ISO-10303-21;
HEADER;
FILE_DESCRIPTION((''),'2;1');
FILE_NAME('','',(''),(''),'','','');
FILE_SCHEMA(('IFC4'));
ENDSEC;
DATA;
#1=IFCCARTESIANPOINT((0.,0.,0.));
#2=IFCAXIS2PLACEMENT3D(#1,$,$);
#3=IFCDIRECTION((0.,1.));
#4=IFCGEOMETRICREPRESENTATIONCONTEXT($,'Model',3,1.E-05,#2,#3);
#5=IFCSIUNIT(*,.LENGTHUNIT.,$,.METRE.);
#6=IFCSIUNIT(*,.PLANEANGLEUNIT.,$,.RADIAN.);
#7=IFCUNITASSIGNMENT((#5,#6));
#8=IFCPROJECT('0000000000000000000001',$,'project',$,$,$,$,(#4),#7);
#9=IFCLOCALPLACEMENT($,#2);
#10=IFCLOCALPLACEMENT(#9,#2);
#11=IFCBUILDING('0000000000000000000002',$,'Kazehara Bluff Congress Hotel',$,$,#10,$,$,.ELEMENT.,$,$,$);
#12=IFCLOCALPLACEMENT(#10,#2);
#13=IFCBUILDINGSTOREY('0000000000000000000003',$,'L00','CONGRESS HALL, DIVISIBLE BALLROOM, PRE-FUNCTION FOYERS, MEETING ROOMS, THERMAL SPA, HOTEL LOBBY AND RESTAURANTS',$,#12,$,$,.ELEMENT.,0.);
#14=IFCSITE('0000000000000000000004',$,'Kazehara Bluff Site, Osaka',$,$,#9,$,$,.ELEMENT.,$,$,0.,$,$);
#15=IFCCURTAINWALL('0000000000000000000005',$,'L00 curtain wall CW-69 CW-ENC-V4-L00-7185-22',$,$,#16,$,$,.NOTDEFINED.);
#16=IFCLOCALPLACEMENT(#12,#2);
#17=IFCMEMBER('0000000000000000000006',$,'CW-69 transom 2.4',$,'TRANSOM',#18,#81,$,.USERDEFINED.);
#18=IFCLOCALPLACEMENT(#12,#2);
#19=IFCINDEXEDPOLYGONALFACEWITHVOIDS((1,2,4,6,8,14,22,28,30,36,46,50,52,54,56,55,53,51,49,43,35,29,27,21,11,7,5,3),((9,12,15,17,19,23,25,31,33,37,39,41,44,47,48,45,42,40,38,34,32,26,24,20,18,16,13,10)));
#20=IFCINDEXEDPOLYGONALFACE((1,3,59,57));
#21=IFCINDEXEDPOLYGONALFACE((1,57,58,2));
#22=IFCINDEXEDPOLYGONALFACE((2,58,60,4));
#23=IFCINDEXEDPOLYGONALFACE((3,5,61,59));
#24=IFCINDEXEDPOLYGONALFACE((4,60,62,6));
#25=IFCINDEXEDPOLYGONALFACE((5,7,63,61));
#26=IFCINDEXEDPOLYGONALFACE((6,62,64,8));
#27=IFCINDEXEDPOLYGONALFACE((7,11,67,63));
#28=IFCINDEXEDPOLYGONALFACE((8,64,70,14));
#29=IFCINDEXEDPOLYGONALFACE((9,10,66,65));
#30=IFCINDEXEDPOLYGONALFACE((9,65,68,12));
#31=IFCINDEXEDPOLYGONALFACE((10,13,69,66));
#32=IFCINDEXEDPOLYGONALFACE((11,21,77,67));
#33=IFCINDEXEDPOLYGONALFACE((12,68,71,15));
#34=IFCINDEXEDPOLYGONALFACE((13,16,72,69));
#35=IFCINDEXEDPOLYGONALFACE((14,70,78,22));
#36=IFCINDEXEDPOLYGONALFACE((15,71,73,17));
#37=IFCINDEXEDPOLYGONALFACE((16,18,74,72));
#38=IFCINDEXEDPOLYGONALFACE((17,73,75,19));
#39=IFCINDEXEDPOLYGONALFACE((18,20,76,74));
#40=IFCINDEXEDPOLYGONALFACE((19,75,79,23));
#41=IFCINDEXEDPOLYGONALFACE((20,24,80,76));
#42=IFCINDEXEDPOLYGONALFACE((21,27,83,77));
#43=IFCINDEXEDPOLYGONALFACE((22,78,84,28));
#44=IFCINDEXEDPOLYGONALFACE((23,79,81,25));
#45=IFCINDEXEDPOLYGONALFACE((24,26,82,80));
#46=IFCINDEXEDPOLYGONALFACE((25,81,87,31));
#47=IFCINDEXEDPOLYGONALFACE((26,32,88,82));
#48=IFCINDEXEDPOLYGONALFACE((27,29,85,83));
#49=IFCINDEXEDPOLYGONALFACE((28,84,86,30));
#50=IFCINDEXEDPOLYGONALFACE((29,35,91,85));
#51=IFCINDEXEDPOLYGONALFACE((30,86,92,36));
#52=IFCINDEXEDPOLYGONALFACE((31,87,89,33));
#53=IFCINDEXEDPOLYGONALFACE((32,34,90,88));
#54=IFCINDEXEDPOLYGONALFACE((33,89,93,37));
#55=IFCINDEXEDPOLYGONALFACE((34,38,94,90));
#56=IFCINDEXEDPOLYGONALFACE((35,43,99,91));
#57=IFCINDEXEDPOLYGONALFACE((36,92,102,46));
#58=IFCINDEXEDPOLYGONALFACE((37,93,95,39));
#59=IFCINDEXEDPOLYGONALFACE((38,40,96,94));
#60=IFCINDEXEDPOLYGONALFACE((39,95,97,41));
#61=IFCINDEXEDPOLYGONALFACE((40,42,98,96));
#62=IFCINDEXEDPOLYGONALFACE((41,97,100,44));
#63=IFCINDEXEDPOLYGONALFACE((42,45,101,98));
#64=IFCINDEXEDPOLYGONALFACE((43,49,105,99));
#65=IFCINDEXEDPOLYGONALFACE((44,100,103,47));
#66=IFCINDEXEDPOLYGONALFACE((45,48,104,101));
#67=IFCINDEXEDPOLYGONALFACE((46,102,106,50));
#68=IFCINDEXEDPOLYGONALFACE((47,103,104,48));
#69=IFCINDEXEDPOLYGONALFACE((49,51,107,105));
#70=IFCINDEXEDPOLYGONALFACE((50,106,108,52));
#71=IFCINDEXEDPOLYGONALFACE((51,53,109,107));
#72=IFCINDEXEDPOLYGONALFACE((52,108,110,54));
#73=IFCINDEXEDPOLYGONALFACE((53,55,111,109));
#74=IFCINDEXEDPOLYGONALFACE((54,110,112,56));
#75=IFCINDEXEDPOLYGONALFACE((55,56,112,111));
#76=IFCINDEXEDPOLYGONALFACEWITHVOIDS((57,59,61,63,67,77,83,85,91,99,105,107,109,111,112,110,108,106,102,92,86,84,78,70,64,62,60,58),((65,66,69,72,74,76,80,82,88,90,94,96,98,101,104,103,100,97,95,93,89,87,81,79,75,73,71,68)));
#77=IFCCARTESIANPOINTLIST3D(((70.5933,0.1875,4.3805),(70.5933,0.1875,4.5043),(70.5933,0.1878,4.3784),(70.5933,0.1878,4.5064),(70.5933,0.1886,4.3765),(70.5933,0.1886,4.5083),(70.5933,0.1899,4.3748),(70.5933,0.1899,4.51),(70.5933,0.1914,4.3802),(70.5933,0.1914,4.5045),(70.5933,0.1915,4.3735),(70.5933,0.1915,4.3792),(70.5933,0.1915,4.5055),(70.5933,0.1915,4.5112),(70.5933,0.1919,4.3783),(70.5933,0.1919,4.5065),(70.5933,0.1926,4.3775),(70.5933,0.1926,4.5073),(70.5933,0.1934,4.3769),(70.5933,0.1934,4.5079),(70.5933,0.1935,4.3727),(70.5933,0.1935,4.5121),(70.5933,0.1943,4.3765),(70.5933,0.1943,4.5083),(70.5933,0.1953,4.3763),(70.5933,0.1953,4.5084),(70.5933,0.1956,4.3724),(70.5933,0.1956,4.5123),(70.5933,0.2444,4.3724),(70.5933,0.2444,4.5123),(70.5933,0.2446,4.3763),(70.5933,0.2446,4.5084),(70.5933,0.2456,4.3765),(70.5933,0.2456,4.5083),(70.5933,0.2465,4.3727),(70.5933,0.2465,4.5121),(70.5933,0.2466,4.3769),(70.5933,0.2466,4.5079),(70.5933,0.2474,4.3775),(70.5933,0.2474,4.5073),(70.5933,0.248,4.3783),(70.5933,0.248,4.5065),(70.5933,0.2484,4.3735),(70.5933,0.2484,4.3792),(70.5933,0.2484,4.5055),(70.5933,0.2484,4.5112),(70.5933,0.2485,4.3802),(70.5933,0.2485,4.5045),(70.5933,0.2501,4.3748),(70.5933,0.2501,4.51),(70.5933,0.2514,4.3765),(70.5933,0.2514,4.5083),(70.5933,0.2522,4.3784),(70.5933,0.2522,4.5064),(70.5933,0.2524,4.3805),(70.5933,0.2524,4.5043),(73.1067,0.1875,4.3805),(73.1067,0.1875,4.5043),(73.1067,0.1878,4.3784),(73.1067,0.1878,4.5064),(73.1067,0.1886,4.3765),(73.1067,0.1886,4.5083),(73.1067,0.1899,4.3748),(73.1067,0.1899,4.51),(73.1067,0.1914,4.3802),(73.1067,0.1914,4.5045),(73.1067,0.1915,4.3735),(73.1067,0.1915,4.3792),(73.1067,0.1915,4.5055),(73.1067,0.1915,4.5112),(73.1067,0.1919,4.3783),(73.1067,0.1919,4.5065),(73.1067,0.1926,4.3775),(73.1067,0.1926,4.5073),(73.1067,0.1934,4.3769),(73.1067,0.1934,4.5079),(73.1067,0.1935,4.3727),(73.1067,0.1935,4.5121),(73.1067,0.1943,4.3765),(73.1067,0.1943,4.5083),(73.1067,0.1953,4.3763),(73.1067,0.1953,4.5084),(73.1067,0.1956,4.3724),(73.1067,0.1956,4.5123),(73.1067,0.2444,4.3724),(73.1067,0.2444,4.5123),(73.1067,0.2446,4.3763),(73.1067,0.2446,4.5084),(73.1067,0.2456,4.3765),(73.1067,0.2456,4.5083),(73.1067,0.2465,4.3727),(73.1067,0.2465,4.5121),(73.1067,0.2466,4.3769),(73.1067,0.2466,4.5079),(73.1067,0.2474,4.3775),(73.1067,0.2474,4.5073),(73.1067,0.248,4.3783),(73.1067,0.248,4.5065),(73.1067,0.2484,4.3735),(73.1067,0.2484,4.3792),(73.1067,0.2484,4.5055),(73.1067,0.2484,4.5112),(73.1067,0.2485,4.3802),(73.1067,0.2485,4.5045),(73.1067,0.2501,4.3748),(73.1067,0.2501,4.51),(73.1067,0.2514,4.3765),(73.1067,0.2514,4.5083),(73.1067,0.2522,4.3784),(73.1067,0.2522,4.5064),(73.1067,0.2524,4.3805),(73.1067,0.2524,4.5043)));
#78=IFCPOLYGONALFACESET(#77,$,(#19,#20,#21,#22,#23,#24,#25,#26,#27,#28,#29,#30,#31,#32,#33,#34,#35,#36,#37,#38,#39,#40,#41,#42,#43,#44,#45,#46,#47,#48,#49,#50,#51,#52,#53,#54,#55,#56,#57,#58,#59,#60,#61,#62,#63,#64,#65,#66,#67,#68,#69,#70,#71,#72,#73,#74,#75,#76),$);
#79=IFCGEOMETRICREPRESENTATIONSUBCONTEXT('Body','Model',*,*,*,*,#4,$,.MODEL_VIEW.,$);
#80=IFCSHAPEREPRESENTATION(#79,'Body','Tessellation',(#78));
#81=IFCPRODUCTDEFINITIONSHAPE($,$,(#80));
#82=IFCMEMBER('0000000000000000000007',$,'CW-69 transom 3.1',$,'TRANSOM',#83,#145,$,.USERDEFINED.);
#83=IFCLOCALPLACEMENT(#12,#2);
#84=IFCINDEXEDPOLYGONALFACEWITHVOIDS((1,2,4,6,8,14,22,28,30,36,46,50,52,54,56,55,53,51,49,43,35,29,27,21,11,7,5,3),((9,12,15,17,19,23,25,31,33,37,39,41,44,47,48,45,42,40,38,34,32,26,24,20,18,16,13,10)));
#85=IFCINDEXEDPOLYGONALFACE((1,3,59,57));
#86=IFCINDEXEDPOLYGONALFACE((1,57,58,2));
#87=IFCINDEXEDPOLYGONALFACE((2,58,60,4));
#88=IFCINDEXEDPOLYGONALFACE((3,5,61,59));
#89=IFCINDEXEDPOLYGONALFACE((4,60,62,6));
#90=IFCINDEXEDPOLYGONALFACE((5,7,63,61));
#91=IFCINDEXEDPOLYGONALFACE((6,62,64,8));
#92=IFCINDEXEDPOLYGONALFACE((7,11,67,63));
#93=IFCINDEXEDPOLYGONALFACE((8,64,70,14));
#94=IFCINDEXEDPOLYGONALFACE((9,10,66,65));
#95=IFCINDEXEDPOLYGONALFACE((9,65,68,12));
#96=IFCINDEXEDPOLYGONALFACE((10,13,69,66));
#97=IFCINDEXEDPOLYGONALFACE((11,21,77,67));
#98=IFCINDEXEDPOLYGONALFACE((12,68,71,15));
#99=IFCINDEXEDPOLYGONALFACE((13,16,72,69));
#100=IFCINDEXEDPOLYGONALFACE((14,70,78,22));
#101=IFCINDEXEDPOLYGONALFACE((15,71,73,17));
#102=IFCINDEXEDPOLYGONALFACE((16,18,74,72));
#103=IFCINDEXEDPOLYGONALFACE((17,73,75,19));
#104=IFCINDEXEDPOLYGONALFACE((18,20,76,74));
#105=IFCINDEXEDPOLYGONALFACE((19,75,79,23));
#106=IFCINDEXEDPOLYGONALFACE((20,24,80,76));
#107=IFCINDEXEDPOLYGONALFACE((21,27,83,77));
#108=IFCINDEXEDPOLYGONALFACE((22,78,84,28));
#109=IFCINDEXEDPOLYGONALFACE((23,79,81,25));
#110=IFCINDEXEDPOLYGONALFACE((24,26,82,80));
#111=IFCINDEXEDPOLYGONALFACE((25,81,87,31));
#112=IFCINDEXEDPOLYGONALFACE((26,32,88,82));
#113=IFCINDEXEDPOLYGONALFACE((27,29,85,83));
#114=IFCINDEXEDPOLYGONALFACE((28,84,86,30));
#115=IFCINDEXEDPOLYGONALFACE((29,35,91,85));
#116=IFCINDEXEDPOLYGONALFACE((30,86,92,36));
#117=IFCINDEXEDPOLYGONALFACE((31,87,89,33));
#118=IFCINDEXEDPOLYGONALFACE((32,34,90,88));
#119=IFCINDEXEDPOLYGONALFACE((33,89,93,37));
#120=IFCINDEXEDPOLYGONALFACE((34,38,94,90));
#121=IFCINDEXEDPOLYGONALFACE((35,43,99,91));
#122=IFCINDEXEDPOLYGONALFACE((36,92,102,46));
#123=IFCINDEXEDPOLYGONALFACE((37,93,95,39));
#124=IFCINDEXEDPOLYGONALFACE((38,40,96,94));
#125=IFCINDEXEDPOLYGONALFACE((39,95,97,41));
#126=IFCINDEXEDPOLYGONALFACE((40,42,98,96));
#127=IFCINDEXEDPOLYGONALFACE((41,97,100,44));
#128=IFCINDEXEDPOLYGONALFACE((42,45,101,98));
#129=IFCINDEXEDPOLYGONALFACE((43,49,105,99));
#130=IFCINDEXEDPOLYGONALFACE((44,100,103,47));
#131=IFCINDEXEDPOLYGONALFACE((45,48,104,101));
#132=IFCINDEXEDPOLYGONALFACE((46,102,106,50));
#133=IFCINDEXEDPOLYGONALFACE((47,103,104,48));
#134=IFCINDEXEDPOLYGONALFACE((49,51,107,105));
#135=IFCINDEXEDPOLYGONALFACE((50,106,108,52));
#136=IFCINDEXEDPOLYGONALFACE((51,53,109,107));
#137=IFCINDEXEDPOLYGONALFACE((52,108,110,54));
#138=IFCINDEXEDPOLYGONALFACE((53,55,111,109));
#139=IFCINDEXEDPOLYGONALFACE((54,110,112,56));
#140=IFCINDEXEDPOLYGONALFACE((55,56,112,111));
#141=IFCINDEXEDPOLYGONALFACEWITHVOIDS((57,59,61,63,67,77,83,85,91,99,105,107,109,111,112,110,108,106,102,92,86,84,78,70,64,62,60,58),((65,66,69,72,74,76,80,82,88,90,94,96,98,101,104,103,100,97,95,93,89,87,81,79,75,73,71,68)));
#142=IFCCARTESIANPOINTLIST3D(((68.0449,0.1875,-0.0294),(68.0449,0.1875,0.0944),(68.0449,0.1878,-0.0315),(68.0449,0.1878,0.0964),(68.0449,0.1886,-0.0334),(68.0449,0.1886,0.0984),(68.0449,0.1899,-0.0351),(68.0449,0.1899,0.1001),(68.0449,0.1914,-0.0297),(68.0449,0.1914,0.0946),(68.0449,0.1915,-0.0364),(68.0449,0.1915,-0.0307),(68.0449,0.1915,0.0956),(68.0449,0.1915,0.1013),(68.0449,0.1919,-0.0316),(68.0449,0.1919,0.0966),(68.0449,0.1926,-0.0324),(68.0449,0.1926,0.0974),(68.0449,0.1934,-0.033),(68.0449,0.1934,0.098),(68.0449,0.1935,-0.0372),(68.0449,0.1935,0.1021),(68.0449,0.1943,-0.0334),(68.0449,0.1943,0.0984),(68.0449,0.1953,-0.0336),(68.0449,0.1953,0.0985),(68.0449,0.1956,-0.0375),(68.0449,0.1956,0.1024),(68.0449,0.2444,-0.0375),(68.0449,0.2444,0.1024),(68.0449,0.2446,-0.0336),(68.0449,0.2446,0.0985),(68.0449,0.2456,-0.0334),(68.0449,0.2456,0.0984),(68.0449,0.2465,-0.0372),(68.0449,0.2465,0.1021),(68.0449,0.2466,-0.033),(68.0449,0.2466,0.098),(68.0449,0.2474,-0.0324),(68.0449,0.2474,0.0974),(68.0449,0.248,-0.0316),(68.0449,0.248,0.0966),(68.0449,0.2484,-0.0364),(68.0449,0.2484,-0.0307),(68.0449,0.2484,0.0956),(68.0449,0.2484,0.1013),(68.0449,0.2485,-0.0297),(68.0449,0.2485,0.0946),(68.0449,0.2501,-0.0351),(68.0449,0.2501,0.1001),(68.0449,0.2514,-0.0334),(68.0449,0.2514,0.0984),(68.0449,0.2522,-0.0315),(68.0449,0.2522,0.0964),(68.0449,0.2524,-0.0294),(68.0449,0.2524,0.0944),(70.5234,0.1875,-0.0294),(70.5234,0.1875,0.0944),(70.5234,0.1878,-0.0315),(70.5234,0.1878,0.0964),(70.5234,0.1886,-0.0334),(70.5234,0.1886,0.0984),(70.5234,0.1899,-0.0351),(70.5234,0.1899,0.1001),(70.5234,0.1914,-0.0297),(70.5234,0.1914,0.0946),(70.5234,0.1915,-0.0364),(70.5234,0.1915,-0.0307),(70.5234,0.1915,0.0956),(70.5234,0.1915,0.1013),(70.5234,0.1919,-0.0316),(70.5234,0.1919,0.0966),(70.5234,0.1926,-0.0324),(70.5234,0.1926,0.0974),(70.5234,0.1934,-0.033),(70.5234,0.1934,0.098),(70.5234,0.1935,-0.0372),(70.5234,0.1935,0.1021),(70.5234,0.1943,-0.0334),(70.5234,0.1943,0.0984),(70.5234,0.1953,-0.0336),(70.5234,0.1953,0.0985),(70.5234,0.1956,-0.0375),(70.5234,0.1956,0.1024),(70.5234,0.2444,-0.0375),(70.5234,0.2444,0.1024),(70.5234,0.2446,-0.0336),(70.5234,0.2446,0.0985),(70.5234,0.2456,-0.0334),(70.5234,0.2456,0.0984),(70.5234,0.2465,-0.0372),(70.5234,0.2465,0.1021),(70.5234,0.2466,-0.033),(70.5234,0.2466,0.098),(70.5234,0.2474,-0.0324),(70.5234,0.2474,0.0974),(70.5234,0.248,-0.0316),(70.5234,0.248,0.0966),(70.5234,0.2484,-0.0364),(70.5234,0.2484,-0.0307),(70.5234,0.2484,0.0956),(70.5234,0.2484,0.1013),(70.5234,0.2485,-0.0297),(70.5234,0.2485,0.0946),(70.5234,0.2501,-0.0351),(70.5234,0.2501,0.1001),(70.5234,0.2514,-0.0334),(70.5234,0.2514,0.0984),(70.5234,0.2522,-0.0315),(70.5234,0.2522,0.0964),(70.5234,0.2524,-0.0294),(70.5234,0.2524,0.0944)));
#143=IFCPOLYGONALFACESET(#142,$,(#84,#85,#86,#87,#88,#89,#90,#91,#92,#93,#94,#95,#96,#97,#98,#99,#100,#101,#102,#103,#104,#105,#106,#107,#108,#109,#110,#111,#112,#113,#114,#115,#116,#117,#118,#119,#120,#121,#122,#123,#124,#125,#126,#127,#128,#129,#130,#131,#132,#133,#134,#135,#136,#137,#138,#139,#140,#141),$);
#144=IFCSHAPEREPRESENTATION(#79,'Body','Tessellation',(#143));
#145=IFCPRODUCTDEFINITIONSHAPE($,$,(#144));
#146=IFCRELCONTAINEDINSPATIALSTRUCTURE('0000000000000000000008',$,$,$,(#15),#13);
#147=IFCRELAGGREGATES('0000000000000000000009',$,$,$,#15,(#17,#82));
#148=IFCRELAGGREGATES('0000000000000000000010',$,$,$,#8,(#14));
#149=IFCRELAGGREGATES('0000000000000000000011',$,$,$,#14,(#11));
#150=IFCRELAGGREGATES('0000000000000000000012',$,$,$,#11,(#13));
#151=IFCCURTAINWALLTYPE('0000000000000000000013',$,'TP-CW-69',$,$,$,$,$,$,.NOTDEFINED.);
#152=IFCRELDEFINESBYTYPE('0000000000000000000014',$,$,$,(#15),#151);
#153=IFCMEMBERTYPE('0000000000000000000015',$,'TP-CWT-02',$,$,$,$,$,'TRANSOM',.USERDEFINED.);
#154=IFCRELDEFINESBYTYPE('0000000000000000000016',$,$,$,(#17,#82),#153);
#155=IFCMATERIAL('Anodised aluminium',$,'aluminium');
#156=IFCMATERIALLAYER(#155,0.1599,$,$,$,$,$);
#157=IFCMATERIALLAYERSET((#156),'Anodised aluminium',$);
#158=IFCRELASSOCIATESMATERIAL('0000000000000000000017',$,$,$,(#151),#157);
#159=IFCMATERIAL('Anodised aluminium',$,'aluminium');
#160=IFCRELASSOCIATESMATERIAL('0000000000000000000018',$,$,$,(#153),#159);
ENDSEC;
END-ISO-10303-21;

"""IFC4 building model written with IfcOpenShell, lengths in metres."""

from ifc_helpers import new_model, si_unit, direction, frame, origin, origin_2d, place, context, subcontext, project, spatial, hollow_rectangle, extrude, material, layer, layer_set, material_profile, profile_set, type_object, element, aggregate, save


model = new_model("IFC4")

# Units and contexts
model_context = context("Model", 3, precision=1e-05, world=origin(), true_north=direction((0.0, 1.0)))
body_context = subcontext(model_context, "Body", "Model", "MODEL_VIEW")
ifc_project = project(units=[si_unit("LENGTHUNIT", "METRE"), si_unit("PLANEANGLEUNIT", "RADIAN")], contexts=[model_context])

# Site, building, storey
site_placement = place(None, origin())
site = spatial("IfcSite", under=ifc_project, at=site_placement, Name="Kazehara Bluff Site, Osaka", CompositionType="ELEMENT", RefElevation=0.0)
building_placement = place(site_placement, origin())
building = spatial("IfcBuilding", under=site, at=building_placement, Name="Kazehara Bluff Congress Hotel", CompositionType="ELEMENT")
storey_placement = place(building_placement, origin())
storey = spatial("IfcBuildingStorey", under=building, at=storey_placement, Name="L00", Description="CONGRESS HALL, DIVISIBLE BALLROOM, PRE-FUNCTION FOYERS, MEETING ROOMS, THERMAL SPA, HOTEL LOBBY AND RESTAURANTS", CompositionType="ELEMENT", Elevation=0.0)

# Curtain wall, members
ifc_material_1 = material(Name="Anodised aluminium", Category="aluminium")
ifc_layer_1 = layer(ifc_material_1, 0.1599)
ifc_layer_set_1 = layer_set([ifc_layer_1], Name="Anodised aluminium")
curtain_wall_type = type_object("IfcCurtainWallType", Name="TP-CW-69", PredefinedType="NOTDEFINED", material=ifc_layer_set_1)
curtain_wall_placement = place(storey_placement, origin())
curtain_wall = element("IfcCurtainWall", 1, at=curtain_wall_placement, inside=storey, type_object=curtain_wall_type, Name="L00 curtain wall CW-69 CW-ENC-V4-L00-7185-22", PredefinedType="NOTDEFINED")
ifc_material_2 = material(Name="Anodised aluminium", Category="aluminium")
ifc_material_profile_1 = material_profile(ifc_material_2, hollow_rectangle(XDim=0.0649, YDim=0.1399, WallThickness=0.0039, InnerFilletRadius=0.0039, OuterFilletRadius=0.0081, at=origin_2d()))
ifc_profile_set_1 = profile_set([ifc_material_profile_1], Name="Anodised aluminium")
member_type_1 = type_object("IfcMemberType", Name="TP-CWT-02", ElementType="TRANSOM", PredefinedType="USERDEFINED", material=ifc_profile_set_1)
member_1_placement = place(storey_placement, frame((73.1067, 0.22, 4.4424), z_axis=(-1.0, 0.0, 0.0), x_axis=(0.0, -1.0, 0.0)))
member_1 = element("IfcMember", 2, at=member_1_placement, type_object=member_type_1, Name="CW-69 transom 2.4", ObjectType="TRANSOM", PredefinedType="USERDEFINED", context=body_context, shape_type="SweptSolid", body=[
    extrude(hollow_rectangle(XDim=0.0649, YDim=0.1399, WallThickness=0.0039, InnerFilletRadius=0.0039, OuterFilletRadius=0.0081, at=origin_2d()), origin(), (0.0, 0.0, 1.0), 2.5134),
])
member_2_placement = place(storey_placement, frame((70.5234, 0.22, 0.0325), z_axis=(-1.0, 0.0, 0.0), x_axis=(0.0, -1.0, 0.0)))
member_2 = element("IfcMember", 3, at=member_2_placement, type_object=member_type_1, Name="CW-69 transom 3.1", ObjectType="TRANSOM", PredefinedType="USERDEFINED", context=body_context, shape_type="SweptSolid", body=[
    extrude(hollow_rectangle(XDim=0.0649, YDim=0.1399, WallThickness=0.0039, InnerFilletRadius=0.0039, OuterFilletRadius=0.0081, at=origin_2d()), origin(), (0.0, 0.0, 1.0), 2.4785),
])

aggregate(curtain_wall, [member_1, member_2])

save(model, "model.ifc")
